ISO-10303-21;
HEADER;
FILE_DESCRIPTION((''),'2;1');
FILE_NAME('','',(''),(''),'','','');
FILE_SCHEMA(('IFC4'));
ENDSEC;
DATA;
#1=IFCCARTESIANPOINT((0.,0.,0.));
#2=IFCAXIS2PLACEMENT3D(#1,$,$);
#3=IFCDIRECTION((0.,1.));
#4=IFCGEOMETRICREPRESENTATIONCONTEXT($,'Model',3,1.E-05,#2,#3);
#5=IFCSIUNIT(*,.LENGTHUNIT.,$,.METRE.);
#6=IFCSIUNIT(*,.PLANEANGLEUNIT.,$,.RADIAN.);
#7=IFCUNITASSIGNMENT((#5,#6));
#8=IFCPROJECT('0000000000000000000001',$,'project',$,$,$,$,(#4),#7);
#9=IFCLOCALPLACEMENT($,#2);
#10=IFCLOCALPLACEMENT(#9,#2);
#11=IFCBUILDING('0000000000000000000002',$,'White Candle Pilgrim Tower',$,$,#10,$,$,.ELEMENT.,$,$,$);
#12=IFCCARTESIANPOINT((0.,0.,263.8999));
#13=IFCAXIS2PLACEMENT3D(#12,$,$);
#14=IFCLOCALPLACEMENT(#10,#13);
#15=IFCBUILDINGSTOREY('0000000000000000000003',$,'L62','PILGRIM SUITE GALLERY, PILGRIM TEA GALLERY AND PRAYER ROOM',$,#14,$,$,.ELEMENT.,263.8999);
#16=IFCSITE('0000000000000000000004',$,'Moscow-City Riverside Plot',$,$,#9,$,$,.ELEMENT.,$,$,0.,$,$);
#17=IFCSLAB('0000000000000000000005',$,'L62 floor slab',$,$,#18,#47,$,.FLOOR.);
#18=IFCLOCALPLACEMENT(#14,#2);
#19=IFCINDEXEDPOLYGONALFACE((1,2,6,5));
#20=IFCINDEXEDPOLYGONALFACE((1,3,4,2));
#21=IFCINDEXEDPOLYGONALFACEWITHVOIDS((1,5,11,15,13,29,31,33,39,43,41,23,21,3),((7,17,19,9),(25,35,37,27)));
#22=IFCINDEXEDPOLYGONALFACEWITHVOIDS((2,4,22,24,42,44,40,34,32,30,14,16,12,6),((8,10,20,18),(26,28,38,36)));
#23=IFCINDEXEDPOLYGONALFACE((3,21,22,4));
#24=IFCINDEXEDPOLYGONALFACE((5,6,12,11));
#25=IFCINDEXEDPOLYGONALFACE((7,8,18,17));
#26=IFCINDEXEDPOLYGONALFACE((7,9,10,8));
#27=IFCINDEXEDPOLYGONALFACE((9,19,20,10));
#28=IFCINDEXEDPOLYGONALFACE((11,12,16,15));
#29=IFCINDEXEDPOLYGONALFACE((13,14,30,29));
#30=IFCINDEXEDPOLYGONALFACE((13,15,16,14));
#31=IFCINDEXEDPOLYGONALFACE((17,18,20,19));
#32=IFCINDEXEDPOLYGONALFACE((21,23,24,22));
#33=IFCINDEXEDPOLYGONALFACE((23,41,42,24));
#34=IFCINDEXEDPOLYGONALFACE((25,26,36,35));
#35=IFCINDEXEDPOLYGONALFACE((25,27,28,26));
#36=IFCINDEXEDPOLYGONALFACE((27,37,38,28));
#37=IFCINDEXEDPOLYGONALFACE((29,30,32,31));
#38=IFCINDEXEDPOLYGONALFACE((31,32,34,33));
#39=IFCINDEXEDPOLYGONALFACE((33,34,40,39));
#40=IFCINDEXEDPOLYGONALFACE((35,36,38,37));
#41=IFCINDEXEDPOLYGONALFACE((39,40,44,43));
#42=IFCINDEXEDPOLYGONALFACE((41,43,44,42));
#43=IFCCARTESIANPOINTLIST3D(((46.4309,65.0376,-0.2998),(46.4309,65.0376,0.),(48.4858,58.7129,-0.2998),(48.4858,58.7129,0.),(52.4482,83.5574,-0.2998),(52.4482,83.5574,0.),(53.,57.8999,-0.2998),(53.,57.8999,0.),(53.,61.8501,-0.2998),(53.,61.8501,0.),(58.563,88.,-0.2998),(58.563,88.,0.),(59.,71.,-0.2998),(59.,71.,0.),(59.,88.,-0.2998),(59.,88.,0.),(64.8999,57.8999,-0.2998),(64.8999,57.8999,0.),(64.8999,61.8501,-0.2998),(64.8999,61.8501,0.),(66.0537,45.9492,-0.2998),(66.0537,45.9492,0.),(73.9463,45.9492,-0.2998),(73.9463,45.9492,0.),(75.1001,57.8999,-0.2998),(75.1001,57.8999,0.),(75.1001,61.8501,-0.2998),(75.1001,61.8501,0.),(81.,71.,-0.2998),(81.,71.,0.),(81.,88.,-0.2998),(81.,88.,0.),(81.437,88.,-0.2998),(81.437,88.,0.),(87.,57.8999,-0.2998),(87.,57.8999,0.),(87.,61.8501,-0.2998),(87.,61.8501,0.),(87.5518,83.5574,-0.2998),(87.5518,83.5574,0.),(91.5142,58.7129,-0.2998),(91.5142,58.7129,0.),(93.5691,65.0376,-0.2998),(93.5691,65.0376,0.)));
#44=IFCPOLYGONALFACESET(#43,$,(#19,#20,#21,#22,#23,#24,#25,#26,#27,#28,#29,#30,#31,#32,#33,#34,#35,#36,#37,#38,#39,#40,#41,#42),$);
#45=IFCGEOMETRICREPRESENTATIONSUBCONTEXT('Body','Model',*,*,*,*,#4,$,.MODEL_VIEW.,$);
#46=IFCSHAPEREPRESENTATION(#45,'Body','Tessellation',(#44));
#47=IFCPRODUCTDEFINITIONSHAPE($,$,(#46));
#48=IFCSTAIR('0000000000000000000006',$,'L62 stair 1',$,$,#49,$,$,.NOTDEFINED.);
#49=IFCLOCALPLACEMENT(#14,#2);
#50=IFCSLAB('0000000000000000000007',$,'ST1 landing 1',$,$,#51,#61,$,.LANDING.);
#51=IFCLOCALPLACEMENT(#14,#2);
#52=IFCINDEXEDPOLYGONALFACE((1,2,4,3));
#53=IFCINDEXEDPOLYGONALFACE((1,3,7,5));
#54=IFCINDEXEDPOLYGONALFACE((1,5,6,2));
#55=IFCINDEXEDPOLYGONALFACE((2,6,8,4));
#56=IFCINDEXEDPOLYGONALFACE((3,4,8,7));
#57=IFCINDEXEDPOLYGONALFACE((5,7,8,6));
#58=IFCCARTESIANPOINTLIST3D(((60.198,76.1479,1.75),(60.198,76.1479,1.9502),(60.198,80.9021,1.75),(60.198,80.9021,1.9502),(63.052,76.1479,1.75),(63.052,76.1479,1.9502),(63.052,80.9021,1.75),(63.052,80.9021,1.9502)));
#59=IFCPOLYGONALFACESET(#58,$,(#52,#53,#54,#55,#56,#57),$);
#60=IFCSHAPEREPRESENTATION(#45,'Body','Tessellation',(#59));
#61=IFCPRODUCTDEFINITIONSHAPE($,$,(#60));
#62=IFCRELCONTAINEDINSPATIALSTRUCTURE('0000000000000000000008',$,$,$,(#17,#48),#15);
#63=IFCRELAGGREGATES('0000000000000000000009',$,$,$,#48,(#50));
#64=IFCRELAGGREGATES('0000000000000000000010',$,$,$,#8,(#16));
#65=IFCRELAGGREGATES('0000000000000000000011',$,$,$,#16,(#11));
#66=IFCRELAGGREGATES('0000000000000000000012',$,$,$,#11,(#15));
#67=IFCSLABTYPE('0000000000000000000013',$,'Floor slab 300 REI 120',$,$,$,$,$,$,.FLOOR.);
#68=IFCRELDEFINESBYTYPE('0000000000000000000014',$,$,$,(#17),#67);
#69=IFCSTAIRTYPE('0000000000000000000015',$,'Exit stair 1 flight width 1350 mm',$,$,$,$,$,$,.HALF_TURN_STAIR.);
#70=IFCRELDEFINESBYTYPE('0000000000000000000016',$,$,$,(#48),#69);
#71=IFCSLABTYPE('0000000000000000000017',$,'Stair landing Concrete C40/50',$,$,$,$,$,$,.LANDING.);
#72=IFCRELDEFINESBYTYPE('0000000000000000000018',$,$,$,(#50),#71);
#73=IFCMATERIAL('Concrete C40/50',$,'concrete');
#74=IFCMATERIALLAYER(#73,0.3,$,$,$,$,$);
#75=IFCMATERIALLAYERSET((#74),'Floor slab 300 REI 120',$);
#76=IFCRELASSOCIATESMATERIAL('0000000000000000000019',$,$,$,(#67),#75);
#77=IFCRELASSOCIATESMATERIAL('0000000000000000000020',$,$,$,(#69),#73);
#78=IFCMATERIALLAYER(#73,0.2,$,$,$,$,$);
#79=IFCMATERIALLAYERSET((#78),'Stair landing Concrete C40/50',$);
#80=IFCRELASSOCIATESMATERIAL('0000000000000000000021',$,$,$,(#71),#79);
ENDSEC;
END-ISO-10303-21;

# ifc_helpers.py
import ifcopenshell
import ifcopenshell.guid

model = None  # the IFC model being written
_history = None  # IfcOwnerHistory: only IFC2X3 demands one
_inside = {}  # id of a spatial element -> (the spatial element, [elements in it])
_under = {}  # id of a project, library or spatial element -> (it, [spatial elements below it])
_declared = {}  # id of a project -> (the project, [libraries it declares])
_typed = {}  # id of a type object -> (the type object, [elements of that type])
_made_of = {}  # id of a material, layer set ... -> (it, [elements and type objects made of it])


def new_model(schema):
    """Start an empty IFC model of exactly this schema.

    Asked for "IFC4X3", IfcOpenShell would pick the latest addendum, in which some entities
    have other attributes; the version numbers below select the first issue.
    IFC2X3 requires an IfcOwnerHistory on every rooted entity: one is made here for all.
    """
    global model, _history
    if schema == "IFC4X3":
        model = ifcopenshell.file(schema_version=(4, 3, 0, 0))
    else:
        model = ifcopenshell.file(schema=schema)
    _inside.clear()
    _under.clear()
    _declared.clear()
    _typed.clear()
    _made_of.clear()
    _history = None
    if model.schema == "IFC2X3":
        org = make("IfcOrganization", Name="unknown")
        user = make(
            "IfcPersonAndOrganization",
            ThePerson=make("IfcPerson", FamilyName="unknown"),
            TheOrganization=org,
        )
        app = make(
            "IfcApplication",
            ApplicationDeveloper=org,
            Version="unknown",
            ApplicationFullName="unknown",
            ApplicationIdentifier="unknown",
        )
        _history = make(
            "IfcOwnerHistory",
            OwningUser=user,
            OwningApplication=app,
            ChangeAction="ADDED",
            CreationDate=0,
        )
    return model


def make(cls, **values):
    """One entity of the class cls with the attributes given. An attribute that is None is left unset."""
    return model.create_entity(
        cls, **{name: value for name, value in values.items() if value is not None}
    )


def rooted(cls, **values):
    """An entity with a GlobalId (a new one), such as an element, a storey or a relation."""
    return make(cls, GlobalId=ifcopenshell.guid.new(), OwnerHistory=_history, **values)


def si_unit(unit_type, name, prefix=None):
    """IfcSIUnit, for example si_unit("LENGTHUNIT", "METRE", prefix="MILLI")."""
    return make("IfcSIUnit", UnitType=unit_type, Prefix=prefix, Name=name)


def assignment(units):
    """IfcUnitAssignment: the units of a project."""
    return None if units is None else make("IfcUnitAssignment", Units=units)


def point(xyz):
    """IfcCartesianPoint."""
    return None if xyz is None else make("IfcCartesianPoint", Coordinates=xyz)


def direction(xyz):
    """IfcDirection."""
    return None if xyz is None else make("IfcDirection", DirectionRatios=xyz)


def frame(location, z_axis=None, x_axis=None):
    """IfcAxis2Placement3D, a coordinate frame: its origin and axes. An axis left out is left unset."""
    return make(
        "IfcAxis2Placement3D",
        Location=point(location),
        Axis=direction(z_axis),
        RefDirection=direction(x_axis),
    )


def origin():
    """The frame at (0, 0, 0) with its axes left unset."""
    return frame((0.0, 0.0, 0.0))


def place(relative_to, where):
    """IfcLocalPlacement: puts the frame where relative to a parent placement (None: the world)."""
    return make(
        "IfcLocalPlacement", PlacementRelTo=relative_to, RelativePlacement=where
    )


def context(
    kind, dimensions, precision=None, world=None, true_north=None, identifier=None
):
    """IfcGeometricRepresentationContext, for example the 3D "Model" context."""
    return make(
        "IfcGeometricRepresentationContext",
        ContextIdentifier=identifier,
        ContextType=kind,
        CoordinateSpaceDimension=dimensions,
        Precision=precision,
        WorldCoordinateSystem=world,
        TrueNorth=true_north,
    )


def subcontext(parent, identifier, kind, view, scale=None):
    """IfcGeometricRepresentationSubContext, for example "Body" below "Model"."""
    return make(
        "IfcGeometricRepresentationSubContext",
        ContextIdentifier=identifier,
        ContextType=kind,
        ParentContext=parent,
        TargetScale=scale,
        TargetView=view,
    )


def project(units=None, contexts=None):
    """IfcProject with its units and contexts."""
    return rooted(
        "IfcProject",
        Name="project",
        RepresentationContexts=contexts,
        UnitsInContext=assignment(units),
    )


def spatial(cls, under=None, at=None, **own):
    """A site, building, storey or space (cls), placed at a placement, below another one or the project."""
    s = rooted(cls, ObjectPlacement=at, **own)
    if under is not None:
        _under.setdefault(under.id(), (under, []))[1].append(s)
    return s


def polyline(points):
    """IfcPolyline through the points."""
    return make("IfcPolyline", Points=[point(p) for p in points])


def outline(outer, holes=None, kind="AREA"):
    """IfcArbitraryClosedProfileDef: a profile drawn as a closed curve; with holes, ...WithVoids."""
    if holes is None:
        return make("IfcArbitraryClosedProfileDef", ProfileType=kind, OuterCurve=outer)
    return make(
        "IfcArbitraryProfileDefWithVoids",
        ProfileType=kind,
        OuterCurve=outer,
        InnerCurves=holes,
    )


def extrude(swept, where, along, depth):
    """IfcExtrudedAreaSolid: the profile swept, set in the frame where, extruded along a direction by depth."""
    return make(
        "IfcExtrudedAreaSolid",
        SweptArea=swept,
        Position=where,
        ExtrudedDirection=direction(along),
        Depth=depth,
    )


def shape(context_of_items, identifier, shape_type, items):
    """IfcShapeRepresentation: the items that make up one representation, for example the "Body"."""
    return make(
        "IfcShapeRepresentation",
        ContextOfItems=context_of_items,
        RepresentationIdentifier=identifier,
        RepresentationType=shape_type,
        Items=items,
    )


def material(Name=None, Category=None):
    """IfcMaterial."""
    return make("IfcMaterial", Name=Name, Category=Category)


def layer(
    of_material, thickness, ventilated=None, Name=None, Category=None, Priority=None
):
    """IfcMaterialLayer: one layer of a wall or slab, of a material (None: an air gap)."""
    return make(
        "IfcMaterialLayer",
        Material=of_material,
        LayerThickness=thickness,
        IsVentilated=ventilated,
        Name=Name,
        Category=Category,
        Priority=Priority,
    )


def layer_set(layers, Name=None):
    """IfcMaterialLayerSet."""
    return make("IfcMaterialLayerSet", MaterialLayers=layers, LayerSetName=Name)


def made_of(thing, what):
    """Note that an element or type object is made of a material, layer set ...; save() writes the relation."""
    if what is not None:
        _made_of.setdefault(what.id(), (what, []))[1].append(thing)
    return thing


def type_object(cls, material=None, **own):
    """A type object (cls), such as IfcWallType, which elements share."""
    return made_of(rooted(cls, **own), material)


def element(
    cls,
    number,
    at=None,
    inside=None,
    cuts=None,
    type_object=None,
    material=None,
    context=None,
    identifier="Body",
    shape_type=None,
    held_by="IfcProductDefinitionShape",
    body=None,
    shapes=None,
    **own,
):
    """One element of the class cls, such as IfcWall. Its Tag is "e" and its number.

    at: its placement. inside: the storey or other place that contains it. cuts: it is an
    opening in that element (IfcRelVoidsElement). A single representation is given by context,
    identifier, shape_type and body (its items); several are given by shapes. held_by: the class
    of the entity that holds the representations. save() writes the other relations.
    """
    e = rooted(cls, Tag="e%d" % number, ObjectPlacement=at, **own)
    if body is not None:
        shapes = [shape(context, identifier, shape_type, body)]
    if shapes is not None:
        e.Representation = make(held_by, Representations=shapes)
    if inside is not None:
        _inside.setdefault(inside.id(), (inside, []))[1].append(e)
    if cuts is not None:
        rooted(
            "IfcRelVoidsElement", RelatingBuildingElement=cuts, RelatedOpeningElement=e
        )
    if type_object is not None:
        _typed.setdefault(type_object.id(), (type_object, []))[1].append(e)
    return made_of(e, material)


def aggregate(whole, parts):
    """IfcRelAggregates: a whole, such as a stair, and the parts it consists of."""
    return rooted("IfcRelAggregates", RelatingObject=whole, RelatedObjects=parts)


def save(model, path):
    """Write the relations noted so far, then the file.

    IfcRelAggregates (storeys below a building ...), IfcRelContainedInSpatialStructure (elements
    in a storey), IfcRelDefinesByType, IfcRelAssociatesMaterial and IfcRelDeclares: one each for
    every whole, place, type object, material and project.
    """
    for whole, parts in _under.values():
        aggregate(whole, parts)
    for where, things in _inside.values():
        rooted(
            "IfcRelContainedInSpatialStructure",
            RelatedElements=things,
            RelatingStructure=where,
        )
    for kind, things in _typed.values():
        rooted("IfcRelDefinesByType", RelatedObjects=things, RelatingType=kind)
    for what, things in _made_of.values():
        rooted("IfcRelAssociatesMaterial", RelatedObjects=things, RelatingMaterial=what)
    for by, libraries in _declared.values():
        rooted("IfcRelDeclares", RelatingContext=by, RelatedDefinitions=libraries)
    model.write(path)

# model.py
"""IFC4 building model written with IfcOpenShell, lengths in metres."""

from ifc_helpers import new_model, si_unit, direction, frame, origin, place, context, subcontext, project, spatial, polyline, outline, extrude, material, layer, layer_set, type_object, element, aggregate, save


model = new_model("IFC4")

# Units and contexts
model_context = context("Model", 3, precision=1e-05, world=origin(), true_north=direction((0.0, 1.0)))
body_context = subcontext(model_context, "Body", "Model", "MODEL_VIEW")
ifc_project = project(units=[si_unit("LENGTHUNIT", "METRE"), si_unit("PLANEANGLEUNIT", "RADIAN")], contexts=[model_context])

# Site, building, storey
site_placement = place(None, origin())
site = spatial("IfcSite", under=ifc_project, at=site_placement, Name="Moscow-City Riverside Plot", CompositionType="ELEMENT", RefElevation=0.0)
building_placement = place(site_placement, origin())
building = spatial("IfcBuilding", under=site, at=building_placement, Name="White Candle Pilgrim Tower", CompositionType="ELEMENT")
storey_placement = place(building_placement, frame((0.0, 0.0, 263.8999)))
storey = spatial("IfcBuildingStorey", under=building, at=storey_placement, Name="L62", Description="PILGRIM SUITE GALLERY, PILGRIM TEA GALLERY AND PRAYER ROOM", CompositionType="ELEMENT", Elevation=263.8999)

# Slab
ifc_material = material(Name="Concrete C40/50", Category="concrete")
ifc_layer_1 = layer(ifc_material, 0.3)
ifc_layer_set_1 = layer_set([ifc_layer_1], Name="Floor slab 300 REI 120")
slab_type_1 = type_object("IfcSlabType", Name="Floor slab 300 REI 120", PredefinedType="FLOOR", material=ifc_layer_set_1)
slab_1_placement = place(storey_placement, frame((0.0, 0.0, -0.2998)))
element("IfcSlab", 1, at=slab_1_placement, inside=storey, type_object=slab_type_1, Name="L62 floor slab", PredefinedType="FLOOR", context=body_context, shape_type="SweptSolid", body=[
    extrude(outline(polyline([(66.0537, 45.9492), (73.9463, 45.9492), (91.5142, 58.7129), (93.5691, 65.0376), (87.5518, 83.5574), (81.437, 88.0), (81.0, 88.0), (81.0, 71.0), (59.0, 71.0), (59.0, 88.0), (58.563, 88.0), (52.4482, 83.5574), (46.4309, 65.0376), (48.4858, 58.7129), (66.0537, 45.9492)]), holes=[polyline([(53.0, 57.8999), (53.0, 61.8501), (64.8999, 61.8501), (64.8999, 57.8999), (53.0, 57.8999)]), polyline([(75.1001, 57.8999), (75.1001, 61.8501), (87.0, 61.8501), (87.0, 57.8999), (75.1001, 57.8999)])]), origin(), (0.0, 0.0, 1.0), 0.2998),
])

# Stair, slab
stair_type = type_object("IfcStairType", Name="Exit stair 1 flight width 1350 mm", PredefinedType="HALF_TURN_STAIR", material=ifc_material)
stair_placement = place(storey_placement, origin())
stair = element("IfcStair", 2, at=stair_placement, inside=storey, type_object=stair_type, Name="L62 stair 1", PredefinedType="NOTDEFINED")
ifc_layer_2 = layer(ifc_material, 0.2)
ifc_layer_set_2 = layer_set([ifc_layer_2], Name="Stair landing Concrete C40/50")
slab_type_2 = type_object("IfcSlabType", Name="Stair landing Concrete C40/50", PredefinedType="LANDING", material=ifc_layer_set_2)
slab_2_placement = place(storey_placement, frame((0.0, 0.0, 1.75)))
slab_2 = element("IfcSlab", 3, at=slab_2_placement, type_object=slab_type_2, Name="ST1 landing 1", PredefinedType="LANDING", context=body_context, shape_type="SweptSolid", body=[
    extrude(outline(polyline([(63.052, 76.1479), (60.198, 76.1479), (60.198, 80.9021), (63.052, 80.9021), (63.052, 76.1479)])), origin(), (0.0, 0.0, 1.0), 0.2002),
])
aggregate(stair, [slab_2])

save(model, "model.ifc")
